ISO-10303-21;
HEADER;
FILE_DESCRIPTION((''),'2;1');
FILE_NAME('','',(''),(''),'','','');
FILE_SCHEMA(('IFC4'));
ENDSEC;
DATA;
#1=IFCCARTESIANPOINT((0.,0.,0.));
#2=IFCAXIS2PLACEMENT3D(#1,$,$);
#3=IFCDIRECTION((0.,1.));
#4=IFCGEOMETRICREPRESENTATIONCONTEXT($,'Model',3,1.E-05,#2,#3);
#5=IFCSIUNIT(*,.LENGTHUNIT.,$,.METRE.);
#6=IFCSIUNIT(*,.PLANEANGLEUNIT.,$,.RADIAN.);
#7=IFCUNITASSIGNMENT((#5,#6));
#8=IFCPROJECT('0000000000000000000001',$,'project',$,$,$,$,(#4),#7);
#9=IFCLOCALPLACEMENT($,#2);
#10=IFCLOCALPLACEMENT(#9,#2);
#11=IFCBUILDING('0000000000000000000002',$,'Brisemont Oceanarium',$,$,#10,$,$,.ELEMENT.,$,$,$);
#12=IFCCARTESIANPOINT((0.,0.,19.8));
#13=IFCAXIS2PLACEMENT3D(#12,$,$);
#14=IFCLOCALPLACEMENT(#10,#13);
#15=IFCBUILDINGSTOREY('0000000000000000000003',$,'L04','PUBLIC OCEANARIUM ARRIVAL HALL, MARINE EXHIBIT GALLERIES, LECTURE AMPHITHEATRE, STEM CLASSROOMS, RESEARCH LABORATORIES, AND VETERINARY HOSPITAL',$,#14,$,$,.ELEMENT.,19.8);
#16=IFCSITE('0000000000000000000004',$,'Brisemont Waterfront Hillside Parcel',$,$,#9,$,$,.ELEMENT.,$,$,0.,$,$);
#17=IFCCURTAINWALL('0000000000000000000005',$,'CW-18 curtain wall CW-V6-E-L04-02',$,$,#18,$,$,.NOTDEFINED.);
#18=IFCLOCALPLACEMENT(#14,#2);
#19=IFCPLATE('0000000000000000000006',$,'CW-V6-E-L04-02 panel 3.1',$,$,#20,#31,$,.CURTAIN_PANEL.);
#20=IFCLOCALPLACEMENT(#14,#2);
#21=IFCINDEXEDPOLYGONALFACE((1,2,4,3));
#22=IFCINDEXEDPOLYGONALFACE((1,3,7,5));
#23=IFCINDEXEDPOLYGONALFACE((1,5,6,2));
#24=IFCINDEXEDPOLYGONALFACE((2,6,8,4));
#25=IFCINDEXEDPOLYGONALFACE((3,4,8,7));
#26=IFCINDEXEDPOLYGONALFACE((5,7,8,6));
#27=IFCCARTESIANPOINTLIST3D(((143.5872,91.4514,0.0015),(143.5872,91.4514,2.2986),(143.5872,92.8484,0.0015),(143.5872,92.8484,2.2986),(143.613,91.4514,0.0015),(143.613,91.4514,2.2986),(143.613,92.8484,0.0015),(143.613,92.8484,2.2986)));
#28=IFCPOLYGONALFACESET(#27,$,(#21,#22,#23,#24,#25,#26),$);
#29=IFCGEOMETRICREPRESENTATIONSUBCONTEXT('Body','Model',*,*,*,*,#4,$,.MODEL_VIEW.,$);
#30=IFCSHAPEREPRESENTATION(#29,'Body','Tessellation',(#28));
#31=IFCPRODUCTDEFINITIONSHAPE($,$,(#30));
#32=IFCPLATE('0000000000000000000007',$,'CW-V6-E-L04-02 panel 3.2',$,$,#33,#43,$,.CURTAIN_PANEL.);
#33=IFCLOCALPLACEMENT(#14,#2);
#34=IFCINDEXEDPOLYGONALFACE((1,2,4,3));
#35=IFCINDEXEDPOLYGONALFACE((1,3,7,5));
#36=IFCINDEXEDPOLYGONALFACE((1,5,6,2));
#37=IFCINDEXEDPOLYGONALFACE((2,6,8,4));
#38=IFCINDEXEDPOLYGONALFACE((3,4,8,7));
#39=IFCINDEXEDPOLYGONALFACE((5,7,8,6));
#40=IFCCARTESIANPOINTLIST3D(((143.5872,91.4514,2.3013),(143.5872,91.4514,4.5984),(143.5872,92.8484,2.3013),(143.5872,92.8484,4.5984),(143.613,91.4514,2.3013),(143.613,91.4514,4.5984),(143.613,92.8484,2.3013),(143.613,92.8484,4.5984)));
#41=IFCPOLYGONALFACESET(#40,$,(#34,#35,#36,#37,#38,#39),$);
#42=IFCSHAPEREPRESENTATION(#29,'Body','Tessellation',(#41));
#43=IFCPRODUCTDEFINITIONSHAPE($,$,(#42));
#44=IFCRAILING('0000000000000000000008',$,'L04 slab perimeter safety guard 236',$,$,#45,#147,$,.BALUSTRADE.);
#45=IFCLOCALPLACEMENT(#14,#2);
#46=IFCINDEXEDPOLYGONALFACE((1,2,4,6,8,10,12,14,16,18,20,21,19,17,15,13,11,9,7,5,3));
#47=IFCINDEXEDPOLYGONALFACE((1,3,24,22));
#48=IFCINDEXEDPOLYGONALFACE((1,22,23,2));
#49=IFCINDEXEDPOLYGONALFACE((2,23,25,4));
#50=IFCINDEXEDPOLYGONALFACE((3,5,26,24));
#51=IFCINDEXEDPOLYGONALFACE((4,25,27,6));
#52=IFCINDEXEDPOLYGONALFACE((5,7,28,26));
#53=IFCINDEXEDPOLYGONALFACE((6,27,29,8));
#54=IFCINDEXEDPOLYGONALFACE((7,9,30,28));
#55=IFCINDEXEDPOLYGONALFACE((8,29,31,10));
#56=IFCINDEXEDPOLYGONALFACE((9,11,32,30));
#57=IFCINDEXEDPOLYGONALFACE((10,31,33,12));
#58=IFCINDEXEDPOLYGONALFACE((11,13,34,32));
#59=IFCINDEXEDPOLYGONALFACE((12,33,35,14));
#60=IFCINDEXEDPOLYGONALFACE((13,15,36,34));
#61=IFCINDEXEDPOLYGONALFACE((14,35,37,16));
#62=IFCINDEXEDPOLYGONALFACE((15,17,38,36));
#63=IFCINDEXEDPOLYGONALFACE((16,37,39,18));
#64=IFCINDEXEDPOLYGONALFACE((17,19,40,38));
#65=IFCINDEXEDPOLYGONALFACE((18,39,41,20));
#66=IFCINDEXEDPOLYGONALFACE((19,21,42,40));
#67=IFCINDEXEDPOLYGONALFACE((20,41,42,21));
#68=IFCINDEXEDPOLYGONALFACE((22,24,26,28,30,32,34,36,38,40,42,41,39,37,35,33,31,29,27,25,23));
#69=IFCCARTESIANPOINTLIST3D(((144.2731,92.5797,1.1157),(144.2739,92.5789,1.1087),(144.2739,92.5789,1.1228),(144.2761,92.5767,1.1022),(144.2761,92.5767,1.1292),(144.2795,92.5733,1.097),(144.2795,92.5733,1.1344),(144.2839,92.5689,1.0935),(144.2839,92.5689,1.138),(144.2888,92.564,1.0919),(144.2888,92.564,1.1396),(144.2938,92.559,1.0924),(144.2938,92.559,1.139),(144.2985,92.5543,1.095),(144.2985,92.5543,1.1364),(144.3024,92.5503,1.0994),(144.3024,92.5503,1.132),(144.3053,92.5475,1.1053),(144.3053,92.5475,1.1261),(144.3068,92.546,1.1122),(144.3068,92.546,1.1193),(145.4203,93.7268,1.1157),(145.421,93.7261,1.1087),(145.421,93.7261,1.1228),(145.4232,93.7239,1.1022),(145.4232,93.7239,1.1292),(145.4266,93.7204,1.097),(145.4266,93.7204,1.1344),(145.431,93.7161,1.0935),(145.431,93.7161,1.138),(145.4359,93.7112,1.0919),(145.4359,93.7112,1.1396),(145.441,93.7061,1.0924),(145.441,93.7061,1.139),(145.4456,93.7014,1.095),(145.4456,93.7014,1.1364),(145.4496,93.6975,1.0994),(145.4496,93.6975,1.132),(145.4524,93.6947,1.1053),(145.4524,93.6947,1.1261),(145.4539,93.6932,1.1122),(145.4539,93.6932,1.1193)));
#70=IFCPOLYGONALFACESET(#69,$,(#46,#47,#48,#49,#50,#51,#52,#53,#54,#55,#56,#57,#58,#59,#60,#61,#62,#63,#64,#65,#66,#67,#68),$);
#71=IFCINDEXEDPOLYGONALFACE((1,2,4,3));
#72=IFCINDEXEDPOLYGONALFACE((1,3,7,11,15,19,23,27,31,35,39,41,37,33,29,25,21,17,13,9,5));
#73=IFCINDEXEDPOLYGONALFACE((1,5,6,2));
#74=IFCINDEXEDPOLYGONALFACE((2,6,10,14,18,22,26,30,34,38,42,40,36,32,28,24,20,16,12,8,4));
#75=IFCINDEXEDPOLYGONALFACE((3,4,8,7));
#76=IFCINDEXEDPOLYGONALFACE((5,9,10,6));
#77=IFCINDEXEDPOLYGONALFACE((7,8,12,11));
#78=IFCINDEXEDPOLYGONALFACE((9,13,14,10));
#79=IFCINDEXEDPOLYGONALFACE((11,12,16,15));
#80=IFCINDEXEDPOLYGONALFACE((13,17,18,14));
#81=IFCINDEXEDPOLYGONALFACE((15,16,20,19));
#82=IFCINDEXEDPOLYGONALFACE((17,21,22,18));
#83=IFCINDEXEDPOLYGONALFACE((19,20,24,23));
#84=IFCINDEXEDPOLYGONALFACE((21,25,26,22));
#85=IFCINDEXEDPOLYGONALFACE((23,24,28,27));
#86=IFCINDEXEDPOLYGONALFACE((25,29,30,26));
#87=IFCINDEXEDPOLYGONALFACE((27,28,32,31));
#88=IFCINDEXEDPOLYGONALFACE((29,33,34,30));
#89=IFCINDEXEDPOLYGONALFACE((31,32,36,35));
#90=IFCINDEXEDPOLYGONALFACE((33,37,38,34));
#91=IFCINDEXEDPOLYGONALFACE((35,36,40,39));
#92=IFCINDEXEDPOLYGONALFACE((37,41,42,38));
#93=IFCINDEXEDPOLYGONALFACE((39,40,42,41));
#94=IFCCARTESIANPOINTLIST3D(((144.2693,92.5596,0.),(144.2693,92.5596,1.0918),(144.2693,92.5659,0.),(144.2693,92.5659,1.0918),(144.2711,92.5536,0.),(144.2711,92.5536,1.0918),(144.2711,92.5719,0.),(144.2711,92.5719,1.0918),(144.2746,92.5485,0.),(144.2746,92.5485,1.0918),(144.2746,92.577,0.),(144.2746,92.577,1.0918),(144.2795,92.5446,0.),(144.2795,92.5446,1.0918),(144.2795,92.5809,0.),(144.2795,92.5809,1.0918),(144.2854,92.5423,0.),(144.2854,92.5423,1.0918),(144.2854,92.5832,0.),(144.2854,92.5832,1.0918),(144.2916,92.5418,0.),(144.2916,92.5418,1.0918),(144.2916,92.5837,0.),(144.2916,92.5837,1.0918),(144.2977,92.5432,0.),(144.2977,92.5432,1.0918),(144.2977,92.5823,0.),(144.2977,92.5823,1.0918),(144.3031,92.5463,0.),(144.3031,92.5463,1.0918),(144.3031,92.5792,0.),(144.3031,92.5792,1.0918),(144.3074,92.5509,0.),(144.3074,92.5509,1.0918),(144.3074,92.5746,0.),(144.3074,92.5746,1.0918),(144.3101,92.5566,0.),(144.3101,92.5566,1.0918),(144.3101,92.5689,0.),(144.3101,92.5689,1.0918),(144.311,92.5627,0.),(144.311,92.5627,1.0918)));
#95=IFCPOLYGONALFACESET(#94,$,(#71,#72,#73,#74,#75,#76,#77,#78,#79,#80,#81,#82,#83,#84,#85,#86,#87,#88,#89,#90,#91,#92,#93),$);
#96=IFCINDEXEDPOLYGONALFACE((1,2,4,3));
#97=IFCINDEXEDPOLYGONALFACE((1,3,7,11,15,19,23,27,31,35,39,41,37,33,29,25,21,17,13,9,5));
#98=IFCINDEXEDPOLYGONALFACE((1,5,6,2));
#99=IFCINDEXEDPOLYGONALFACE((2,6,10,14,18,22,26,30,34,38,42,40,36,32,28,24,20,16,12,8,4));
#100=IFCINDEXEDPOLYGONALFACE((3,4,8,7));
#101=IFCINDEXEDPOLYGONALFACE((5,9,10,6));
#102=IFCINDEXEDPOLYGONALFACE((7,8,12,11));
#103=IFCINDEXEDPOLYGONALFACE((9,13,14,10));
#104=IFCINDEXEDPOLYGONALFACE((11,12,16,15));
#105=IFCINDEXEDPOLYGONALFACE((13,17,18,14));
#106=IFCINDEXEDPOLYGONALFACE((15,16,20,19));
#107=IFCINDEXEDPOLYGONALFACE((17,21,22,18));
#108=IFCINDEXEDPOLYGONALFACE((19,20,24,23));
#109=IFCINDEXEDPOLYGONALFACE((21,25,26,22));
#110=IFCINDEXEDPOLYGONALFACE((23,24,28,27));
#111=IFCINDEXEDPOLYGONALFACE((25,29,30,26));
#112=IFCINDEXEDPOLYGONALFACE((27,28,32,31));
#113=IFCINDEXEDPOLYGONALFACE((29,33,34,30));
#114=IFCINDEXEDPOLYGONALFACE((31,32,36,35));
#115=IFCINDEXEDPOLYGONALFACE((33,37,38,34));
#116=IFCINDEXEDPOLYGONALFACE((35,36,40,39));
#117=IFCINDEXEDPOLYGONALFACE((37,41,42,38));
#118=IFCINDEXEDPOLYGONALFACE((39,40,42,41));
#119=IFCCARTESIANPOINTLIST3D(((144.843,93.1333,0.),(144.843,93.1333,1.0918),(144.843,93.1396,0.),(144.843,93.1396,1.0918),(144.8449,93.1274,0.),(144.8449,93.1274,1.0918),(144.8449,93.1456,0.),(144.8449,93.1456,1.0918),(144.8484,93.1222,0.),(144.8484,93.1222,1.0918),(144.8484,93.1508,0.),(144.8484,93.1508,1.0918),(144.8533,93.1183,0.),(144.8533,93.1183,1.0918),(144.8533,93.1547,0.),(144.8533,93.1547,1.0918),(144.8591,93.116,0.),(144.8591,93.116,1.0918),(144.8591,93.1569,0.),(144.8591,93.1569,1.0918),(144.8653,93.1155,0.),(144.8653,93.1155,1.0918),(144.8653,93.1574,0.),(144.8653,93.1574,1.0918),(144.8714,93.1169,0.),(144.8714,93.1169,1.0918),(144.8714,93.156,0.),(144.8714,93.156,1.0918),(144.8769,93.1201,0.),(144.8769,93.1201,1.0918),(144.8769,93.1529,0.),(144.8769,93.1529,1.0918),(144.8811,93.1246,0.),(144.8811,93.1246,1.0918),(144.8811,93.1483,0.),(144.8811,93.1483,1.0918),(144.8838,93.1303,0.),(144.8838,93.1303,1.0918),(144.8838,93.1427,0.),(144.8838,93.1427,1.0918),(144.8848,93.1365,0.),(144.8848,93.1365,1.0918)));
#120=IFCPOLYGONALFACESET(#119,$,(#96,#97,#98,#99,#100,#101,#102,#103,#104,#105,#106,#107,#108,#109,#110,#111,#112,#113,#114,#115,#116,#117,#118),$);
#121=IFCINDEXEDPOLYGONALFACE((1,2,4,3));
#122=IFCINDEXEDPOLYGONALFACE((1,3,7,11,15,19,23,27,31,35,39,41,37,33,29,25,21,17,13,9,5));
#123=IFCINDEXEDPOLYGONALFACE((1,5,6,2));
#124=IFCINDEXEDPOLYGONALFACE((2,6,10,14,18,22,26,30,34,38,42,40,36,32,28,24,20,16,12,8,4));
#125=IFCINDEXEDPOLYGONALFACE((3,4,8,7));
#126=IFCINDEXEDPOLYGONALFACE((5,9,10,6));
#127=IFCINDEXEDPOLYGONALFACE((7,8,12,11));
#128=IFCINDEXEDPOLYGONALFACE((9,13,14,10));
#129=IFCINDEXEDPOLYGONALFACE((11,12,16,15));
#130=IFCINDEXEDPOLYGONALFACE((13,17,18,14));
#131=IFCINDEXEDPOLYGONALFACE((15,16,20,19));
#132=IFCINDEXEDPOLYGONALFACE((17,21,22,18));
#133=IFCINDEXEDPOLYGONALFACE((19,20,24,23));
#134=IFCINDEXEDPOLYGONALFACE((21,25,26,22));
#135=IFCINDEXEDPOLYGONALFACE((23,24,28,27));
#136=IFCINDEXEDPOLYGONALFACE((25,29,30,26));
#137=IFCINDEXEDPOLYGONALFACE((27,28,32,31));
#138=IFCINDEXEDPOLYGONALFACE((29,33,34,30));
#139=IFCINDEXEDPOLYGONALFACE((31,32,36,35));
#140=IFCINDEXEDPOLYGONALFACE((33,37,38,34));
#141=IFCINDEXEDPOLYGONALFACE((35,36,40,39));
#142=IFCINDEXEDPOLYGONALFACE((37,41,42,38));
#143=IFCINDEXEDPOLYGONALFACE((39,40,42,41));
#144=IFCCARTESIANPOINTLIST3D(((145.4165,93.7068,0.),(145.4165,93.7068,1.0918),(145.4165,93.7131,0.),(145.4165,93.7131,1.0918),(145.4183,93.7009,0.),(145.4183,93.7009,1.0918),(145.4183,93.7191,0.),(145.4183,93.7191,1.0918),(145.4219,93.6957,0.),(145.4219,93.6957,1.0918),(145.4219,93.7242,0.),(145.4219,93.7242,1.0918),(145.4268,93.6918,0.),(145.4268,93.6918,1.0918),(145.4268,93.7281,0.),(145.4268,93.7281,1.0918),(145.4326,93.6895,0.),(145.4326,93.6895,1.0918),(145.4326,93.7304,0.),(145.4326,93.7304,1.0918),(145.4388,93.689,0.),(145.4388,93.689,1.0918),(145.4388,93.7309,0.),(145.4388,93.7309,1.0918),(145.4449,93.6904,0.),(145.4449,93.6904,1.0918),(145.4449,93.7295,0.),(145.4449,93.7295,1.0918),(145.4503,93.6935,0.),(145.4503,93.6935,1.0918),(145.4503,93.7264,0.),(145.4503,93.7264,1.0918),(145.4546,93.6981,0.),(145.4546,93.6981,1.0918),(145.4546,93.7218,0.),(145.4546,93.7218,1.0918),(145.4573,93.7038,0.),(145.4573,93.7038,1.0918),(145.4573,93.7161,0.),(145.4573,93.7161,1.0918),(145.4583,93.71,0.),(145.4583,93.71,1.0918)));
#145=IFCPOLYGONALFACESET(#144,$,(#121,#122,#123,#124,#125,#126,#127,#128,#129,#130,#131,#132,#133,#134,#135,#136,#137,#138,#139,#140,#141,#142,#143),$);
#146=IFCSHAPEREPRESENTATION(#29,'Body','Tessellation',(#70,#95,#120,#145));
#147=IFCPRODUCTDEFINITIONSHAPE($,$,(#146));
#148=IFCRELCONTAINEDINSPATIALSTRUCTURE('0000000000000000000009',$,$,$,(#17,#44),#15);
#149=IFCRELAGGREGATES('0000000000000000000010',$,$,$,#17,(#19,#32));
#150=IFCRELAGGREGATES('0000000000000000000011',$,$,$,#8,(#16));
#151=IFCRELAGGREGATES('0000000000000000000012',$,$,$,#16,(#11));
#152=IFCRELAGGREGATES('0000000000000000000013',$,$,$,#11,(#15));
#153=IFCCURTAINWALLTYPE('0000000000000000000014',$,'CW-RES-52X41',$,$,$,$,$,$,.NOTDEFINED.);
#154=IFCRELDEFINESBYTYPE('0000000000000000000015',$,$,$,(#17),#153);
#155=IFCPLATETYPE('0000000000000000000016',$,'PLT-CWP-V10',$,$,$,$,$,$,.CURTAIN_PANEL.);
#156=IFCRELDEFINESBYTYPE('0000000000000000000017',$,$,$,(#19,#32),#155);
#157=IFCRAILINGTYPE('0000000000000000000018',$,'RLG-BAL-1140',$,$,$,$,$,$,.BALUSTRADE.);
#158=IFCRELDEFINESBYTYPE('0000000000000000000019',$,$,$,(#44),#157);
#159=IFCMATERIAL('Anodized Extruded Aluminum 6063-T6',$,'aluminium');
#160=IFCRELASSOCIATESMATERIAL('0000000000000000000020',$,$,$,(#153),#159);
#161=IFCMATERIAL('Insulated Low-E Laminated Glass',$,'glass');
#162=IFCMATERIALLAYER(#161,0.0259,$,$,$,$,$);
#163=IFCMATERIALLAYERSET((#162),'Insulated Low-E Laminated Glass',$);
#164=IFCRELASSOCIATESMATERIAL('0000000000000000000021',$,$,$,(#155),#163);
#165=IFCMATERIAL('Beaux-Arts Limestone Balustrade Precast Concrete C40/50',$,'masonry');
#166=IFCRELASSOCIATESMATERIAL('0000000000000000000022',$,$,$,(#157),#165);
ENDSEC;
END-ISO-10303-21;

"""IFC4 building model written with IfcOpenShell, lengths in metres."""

from ifc_helpers import new_model, si_unit, direction, frame, origin, origin_2d, place, context, subcontext, project, spatial, rectangle, circle, extrude, material, layer, layer_set, type_object, element, aggregate, save


model = new_model("IFC4")

# Units and contexts
model_context = context("Model", 3, precision=1e-05, world=origin(), true_north=direction((0.0, 1.0)))
body_context = subcontext(model_context, "Body", "Model", "MODEL_VIEW")
ifc_project = project(units=[si_unit("LENGTHUNIT", "METRE"), si_unit("PLANEANGLEUNIT", "RADIAN")], contexts=[model_context])

# Site, building, storey
site_placement = place(None, origin())
site = spatial("IfcSite", under=ifc_project, at=site_placement, Name="Brisemont Waterfront Hillside Parcel", CompositionType="ELEMENT", RefElevation=0.0)
building_placement = place(site_placement, origin())
building = spatial("IfcBuilding", under=site, at=building_placement, Name="Brisemont Oceanarium", CompositionType="ELEMENT")
storey_placement = place(building_placement, frame((0.0, 0.0, 19.8)))
storey = spatial("IfcBuildingStorey", under=building, at=storey_placement, Name="L04", Description="PUBLIC OCEANARIUM ARRIVAL HALL, MARINE EXHIBIT GALLERIES, LECTURE AMPHITHEATRE, STEM CLASSROOMS, RESEARCH LABORATORIES, AND VETERINARY HOSPITAL", CompositionType="ELEMENT", Elevation=19.8)

# Curtain wall, plates
ifc_material_1 = material(Name="Anodized Extruded Aluminum 6063-T6", Category="aluminium")
curtain_wall_type = type_object("IfcCurtainWallType", Name="CW-RES-52X41", PredefinedType="NOTDEFINED", material=ifc_material_1)
curtain_wall_placement = place(storey_placement, origin())
curtain_wall = element("IfcCurtainWall", 1, at=curtain_wall_placement, inside=storey, type_object=curtain_wall_type, Name="CW-18 curtain wall CW-V6-E-L04-02", PredefinedType="NOTDEFINED")
ifc_material_2 = material(Name="Insulated Low-E Laminated Glass", Category="glass")
ifc_layer_1 = layer(ifc_material_2, 0.0259)
ifc_layer_set_1 = layer_set([ifc_layer_1], Name="Insulated Low-E Laminated Glass")
plate_type = type_object("IfcPlateType", Name="PLT-CWP-V10", PredefinedType="CURTAIN_PANEL", material=ifc_layer_set_1)
plate_1_placement = place(storey_placement, frame((143.6001, 92.1499, 0.0015), z_axis=(0.0, 0.0, 1.0), x_axis=(0.0, 1.0, 0.0)))
plate_1 = element("IfcPlate", 2, at=plate_1_placement, type_object=plate_type, Name="CW-V6-E-L04-02 panel 3.1", PredefinedType="CURTAIN_PANEL", context=body_context, shape_type="SweptSolid", body=[
    extrude(rectangle(XDim=1.397, YDim=0.0259, at=origin_2d()), origin(), (0.0, 0.0, 1.0), 2.2971),
])
plate_2_placement = place(storey_placement, frame((143.6001, 92.1499, 2.3013), z_axis=(0.0, 0.0, 1.0), x_axis=(0.0, 1.0, 0.0)))
plate_2 = element("IfcPlate", 3, at=plate_2_placement, type_object=plate_type, Name="CW-V6-E-L04-02 panel 3.2", PredefinedType="CURTAIN_PANEL", context=body_context, shape_type="SweptSolid", body=[
    extrude(rectangle(XDim=1.397, YDim=0.0259, at=origin_2d()), origin(), (0.0, 0.0, 1.0), 2.2971),
])
aggregate(curtain_wall, [plate_1, plate_2])

# Railing
ifc_material_3 = material(Name="Beaux-Arts Limestone Balustrade Precast Concrete C40/50", Category="masonry")
railing_type_1 = type_object("IfcRailingType", Name="RLG-BAL-1140", PredefinedType="BALUSTRADE", material=ifc_material_3)
railing_1_placement = place(storey_placement, frame((144.29, 92.5627, 0.0)))
element("IfcRailing", 4, at=railing_1_placement, inside=storey, type_object=railing_type_1, Name="L04 slab perimeter safety guard 236", PredefinedType="BALUSTRADE", context=body_context, shape_type="SweptSolid", body=[
    extrude(circle(Radius=0.0239, at=origin_2d()), frame((0.0, 0.0, 1.1157), z_axis=(0.707107, 0.707107, 0.0), x_axis=(-0.707107, 0.707107, 0.0)), (0.0, 0.0, 1.0), 1.6223),
    extrude(circle(Radius=0.021, at=origin_2d()), origin(), (0.0, 0.0, 1.0), 1.0918),
    extrude(circle(Radius=0.021, at=origin_2d()), frame((0.5737, 0.5737, 0.0)), (0.0, 0.0, 1.0), 1.0918),
    extrude(circle(Radius=0.021, at=origin_2d()), frame((1.1472, 1.1472, 0.0)), (0.0, 0.0, 1.0), 1.0918),
])

save(model, "model.ifc")
